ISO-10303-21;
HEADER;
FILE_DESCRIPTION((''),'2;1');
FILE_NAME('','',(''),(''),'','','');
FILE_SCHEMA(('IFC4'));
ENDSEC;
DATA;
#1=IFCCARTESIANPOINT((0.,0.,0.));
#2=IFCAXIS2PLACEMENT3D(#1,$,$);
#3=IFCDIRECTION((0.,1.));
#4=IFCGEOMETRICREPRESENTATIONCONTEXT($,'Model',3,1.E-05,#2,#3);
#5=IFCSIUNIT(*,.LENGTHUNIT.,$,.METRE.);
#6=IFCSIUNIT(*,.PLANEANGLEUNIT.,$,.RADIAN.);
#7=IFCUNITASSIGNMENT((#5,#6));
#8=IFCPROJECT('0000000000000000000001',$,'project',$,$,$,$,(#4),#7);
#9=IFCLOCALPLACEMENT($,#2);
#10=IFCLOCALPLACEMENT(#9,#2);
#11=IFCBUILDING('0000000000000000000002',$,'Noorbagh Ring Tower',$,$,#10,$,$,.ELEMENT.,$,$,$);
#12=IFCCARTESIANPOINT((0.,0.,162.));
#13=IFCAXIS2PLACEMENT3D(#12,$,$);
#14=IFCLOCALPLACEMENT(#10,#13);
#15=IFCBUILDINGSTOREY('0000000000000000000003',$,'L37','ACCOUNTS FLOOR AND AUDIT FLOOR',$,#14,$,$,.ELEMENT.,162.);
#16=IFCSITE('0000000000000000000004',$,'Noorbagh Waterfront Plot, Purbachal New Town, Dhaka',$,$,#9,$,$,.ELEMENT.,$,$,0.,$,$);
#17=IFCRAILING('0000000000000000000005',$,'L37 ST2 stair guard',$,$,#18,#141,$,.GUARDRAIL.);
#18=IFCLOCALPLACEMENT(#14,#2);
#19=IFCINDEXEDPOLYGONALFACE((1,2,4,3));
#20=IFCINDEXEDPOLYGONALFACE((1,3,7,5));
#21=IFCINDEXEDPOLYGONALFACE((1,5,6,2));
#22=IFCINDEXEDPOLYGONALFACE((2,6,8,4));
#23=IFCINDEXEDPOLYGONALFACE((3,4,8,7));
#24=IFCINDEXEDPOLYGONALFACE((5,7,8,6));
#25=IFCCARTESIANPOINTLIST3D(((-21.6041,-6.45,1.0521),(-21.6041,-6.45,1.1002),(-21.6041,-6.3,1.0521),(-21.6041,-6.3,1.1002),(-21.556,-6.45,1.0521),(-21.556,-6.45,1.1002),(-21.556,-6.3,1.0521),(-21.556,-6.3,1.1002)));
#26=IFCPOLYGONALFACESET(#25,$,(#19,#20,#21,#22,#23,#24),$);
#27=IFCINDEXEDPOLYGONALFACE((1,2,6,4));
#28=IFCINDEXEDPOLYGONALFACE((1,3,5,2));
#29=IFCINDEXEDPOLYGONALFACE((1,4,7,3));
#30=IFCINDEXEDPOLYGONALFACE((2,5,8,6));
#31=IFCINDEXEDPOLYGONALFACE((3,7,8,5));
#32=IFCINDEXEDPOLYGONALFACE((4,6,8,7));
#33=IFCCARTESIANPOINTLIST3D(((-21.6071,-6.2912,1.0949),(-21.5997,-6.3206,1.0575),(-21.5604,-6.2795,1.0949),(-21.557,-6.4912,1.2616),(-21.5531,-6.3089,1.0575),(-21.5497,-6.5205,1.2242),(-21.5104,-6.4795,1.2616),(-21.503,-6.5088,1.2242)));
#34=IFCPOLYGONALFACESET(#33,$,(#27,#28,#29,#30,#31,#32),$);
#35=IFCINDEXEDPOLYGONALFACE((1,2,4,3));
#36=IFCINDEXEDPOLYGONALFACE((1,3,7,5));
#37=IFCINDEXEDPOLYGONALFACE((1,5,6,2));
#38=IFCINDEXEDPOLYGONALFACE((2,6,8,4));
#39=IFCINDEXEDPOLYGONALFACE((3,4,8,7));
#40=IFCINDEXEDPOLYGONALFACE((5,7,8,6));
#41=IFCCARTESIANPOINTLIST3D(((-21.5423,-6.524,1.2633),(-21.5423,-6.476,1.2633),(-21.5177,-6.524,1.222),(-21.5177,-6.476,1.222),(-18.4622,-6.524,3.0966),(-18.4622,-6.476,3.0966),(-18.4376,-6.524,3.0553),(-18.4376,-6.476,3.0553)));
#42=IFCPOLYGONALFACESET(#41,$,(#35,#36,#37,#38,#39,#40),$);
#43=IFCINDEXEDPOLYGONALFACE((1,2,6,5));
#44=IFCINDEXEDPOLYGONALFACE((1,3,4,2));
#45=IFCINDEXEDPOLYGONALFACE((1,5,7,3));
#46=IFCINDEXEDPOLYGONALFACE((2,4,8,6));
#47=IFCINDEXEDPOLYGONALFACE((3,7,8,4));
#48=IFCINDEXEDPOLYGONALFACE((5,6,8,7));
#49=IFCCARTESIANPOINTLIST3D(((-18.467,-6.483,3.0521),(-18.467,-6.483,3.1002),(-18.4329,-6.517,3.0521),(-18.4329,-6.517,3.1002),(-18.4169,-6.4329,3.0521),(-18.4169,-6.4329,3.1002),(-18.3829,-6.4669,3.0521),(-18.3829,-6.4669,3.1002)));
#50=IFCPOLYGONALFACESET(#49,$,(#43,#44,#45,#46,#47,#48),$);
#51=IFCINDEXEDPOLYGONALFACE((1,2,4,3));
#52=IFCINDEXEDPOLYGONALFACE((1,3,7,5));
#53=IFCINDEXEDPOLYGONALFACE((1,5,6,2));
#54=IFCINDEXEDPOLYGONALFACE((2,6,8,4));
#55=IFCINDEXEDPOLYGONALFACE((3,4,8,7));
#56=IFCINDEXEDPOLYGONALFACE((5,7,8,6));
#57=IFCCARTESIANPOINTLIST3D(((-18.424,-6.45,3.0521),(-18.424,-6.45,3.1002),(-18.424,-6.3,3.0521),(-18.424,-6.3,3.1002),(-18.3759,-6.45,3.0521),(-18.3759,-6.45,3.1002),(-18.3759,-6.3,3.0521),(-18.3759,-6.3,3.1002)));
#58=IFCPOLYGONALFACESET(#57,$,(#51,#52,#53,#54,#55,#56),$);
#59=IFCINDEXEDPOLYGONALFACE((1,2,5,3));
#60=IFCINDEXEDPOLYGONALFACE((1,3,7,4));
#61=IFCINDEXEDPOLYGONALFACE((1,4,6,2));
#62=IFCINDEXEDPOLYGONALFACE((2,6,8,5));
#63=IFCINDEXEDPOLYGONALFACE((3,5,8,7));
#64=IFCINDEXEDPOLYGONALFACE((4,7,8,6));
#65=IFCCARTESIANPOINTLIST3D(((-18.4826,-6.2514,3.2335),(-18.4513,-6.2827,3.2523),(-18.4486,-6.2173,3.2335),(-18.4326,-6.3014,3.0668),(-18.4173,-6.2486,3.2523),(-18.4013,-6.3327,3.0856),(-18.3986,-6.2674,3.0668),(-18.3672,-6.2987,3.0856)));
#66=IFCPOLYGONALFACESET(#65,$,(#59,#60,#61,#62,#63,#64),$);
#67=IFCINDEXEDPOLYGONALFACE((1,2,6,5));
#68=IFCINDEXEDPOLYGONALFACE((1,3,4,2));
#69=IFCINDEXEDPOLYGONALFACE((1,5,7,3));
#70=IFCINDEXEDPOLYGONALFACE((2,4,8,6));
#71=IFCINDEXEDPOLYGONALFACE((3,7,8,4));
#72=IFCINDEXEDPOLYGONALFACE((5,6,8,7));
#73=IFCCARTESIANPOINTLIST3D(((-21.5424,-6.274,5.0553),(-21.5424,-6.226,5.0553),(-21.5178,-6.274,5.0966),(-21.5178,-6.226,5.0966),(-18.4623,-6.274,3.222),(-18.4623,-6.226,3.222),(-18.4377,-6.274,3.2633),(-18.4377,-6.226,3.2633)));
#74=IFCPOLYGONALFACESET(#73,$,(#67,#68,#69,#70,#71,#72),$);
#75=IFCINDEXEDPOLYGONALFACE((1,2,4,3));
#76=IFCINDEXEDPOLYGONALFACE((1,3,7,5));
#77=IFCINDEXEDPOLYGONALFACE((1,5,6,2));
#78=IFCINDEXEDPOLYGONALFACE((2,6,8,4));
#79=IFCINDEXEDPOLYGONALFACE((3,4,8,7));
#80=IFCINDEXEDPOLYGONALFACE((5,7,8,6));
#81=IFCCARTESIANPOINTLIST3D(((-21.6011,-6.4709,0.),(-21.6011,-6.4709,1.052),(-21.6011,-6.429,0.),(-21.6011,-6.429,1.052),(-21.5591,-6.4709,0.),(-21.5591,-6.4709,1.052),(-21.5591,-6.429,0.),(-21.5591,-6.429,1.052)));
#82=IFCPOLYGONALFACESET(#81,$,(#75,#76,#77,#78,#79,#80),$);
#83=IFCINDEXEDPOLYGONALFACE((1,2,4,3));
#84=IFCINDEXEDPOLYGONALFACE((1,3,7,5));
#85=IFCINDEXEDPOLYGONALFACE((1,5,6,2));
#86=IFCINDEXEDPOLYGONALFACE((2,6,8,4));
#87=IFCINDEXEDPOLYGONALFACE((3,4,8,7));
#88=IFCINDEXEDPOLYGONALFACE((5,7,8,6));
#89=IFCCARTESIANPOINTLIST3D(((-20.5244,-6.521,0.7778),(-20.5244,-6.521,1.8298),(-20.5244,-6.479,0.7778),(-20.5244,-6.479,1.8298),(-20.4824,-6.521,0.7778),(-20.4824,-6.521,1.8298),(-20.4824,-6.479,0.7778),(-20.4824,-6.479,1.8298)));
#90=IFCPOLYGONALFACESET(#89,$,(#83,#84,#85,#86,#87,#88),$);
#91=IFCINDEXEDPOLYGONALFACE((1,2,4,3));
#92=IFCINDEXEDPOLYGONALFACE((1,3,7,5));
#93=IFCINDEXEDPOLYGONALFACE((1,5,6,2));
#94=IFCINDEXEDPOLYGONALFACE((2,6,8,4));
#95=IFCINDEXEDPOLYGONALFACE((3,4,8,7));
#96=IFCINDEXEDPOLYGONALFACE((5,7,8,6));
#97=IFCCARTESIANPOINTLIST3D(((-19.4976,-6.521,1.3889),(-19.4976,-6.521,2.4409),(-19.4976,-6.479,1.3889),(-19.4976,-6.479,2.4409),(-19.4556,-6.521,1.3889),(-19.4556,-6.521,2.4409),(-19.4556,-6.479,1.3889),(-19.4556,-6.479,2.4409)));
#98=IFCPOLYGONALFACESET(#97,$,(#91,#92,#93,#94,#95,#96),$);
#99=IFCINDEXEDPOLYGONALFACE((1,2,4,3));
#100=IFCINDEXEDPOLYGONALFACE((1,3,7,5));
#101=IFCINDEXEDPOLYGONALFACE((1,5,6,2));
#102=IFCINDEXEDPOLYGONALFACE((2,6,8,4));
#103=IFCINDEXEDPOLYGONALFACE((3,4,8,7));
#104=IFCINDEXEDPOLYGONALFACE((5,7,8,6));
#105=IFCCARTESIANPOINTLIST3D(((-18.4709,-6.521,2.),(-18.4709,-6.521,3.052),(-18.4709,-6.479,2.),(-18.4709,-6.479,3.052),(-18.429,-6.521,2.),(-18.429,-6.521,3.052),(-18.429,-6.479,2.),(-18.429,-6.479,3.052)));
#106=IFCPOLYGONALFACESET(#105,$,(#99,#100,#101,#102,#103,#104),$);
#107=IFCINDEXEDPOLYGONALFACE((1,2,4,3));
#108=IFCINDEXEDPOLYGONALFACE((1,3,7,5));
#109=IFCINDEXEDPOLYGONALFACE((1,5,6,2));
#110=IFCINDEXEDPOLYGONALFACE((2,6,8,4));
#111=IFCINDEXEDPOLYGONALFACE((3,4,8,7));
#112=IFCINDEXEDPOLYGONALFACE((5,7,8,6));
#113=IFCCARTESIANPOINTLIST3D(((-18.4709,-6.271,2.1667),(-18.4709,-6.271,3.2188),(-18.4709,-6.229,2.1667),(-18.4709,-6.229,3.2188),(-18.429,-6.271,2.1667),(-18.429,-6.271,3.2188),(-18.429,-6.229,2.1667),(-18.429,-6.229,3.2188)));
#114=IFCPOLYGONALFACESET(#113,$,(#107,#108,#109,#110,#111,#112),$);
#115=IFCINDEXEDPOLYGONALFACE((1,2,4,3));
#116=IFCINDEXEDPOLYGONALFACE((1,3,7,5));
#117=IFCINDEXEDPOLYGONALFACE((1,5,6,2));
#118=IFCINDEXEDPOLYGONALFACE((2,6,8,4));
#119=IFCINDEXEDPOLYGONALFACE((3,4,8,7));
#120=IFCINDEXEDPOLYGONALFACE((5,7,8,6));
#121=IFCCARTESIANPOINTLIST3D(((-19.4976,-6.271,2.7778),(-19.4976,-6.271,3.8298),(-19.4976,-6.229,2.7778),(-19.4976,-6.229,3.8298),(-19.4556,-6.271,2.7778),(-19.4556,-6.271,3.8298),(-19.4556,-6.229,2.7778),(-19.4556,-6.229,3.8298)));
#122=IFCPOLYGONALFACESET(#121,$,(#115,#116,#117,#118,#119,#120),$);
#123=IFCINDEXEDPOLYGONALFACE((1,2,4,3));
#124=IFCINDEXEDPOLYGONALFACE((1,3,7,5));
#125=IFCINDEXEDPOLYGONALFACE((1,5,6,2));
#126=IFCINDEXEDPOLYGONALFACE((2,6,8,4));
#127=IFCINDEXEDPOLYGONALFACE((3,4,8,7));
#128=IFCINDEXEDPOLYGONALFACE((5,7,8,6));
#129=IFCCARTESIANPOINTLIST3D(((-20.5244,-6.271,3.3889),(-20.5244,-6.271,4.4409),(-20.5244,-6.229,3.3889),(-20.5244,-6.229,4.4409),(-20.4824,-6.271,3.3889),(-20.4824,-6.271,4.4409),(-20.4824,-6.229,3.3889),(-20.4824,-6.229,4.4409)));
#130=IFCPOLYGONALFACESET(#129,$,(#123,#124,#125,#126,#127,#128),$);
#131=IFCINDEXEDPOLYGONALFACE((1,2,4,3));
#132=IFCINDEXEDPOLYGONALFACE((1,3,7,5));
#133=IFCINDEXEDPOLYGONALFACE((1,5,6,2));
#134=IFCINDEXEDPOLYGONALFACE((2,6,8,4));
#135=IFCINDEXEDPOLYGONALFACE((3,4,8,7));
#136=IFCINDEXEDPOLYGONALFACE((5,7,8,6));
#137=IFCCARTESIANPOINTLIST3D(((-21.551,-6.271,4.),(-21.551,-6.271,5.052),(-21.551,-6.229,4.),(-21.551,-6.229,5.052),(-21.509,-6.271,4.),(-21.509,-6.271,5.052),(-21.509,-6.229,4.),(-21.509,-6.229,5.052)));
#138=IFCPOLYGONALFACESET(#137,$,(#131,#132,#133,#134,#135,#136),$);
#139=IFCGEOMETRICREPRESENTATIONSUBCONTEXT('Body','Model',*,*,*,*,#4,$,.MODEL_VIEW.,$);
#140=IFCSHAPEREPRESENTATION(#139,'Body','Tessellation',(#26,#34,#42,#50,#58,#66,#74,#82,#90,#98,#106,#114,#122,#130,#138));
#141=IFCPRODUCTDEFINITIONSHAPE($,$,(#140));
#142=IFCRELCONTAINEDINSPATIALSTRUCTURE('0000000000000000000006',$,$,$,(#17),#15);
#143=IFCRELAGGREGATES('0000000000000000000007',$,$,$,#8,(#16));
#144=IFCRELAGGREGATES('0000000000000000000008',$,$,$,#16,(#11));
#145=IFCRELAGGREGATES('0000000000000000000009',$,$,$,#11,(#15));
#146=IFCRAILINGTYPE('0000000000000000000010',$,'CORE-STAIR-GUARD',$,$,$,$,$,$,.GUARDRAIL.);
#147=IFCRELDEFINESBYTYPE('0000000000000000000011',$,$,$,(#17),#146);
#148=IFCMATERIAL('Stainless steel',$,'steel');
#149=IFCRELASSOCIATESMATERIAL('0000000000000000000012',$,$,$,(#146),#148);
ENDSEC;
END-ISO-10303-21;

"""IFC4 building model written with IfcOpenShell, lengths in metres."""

from ifc_helpers import new_model, si_unit, direction, frame, origin, origin_2d, place, context, subcontext, project, spatial, rectangle, extrude, material, type_object, element, save


model = new_model("IFC4")

# Units and contexts
model_context = context("Model", 3, precision=1e-05, world=origin(), true_north=direction((0.0, 1.0)))
body_context = subcontext(model_context, "Body", "Model", "MODEL_VIEW")
ifc_project = project(units=[si_unit("LENGTHUNIT", "METRE"), si_unit("PLANEANGLEUNIT", "RADIAN")], contexts=[model_context])

# Site, building, storey
site_placement = place(None, origin())
site = spatial("IfcSite", under=ifc_project, at=site_placement, Name="Noorbagh Waterfront Plot, Purbachal New Town, Dhaka", CompositionType="ELEMENT", RefElevation=0.0)
building_placement = place(site_placement, origin())
building = spatial("IfcBuilding", under=site, at=building_placement, Name="Noorbagh Ring Tower", CompositionType="ELEMENT")
storey_placement = place(building_placement, frame((0.0, 0.0, 162.0)))
storey = spatial("IfcBuildingStorey", under=building, at=storey_placement, Name="L37", Description="ACCOUNTS FLOOR AND AUDIT FLOOR", CompositionType="ELEMENT", Elevation=162.0)

# Railing
ifc_material_1 = material(Name="Stainless steel", Category="steel")
railing_type_1 = type_object("IfcRailingType", Name="CORE-STAIR-GUARD", PredefinedType="GUARDRAIL", material=ifc_material_1)
railing_1_placement = place(storey_placement, frame((-21.5801, -6.45, 0.0)))
element("IfcRailing", 1, at=railing_1_placement, inside=storey, type_object=railing_type_1, Name="L37 ST2 stair guard", PredefinedType="GUARDRAIL", context=body_context, shape_type="SweptSolid", body=[
    extrude(rectangle(XDim=0.0481, YDim=0.0481, at=origin_2d()), frame((0.0, 0.0, 1.0762), z_axis=(0.0, 1.0, 0.0), x_axis=(-1.0, 0.0, 0.0)), (0.0, 0.0, 1.0), 0.1499),
    extrude(rectangle(XDim=0.0481, YDim=0.0481, at=origin_2d()), frame((0.0, 0.1499, 1.0762), z_axis=(0.188776, -0.754182, 0.628946), x_axis=(0.970073, 0.242814, 0.0)), (0.0, 0.0, 1.0), 0.2651),
    extrude(rectangle(XDim=0.0481, YDim=0.0481, at=origin_2d()), frame((0.05, -0.05, 1.2427), z_axis=(0.859309, 0.0, 0.511458), x_axis=(0.0, 1.0, 0.0)), (0.0, 0.0, 1.0), 3.5845),
    extrude(rectangle(XDim=0.0481, YDim=0.0481, at=origin_2d()), frame((3.1301, -0.05, 3.0762), z_axis=(0.707107, 0.707107, 0.0), x_axis=(-0.707107, 0.707107, 0.0)), (0.0, 0.0, 1.0), 0.0708),
    extrude(rectangle(XDim=0.0481, YDim=0.0481, at=origin_2d()), frame((3.1802, 0.0, 3.0762), z_axis=(0.0, 1.0, 0.0), x_axis=(-1.0, 0.0, 0.0)), (0.0, 0.0, 1.0), 0.1499),
    extrude(rectangle(XDim=0.0481, YDim=0.0481, at=origin_2d()), frame((3.1802, 0.1499, 3.0762), z_axis=(-0.276287, 0.276287, 0.920506), x_axis=(-0.707107, -0.707107, 0.0)), (0.0, 0.0, 1.0), 0.1812),
    extrude(rectangle(XDim=0.0481, YDim=0.0481, at=origin_2d()), frame((3.1301, 0.2, 3.2427), z_axis=(-0.859309, 0.0, 0.511458), x_axis=(0.0, -1.0, 0.0)), (0.0, 0.0, 1.0), 3.5845),
    extrude(rectangle(XDim=0.042, YDim=0.042, at=origin_2d()), origin(), (0.0, 0.0, 1.0), 1.052),
    extrude(rectangle(XDim=0.042, YDim=0.042, at=origin_2d()), frame((1.0767, -0.05, 0.7778)), (0.0, 0.0, 1.0), 1.052),
    extrude(rectangle(XDim=0.042, YDim=0.042, at=origin_2d()), frame((2.1035, -0.05, 1.3889)), (0.0, 0.0, 1.0), 1.052),
    extrude(rectangle(XDim=0.042, YDim=0.042, at=origin_2d()), frame((3.1301, -0.05, 2.0)), (0.0, 0.0, 1.0), 1.052),
    extrude(rectangle(XDim=0.042, YDim=0.042, at=origin_2d()), frame((3.1301, 0.2, 2.1667)), (0.0, 0.0, 1.0), 1.052),
    extrude(rectangle(XDim=0.042, YDim=0.042, at=origin_2d()), frame((2.1035, 0.2, 2.7778)), (0.0, 0.0, 1.0), 1.052),
    extrude(rectangle(XDim=0.042, YDim=0.042, at=origin_2d()), frame((1.0767, 0.2, 3.3889)), (0.0, 0.0, 1.0), 1.052),
    extrude(rectangle(XDim=0.042, YDim=0.042, at=origin_2d()), frame((0.05, 0.2, 4.0)), (0.0, 0.0, 1.0), 1.052),
])

save(model, "model.ifc")
